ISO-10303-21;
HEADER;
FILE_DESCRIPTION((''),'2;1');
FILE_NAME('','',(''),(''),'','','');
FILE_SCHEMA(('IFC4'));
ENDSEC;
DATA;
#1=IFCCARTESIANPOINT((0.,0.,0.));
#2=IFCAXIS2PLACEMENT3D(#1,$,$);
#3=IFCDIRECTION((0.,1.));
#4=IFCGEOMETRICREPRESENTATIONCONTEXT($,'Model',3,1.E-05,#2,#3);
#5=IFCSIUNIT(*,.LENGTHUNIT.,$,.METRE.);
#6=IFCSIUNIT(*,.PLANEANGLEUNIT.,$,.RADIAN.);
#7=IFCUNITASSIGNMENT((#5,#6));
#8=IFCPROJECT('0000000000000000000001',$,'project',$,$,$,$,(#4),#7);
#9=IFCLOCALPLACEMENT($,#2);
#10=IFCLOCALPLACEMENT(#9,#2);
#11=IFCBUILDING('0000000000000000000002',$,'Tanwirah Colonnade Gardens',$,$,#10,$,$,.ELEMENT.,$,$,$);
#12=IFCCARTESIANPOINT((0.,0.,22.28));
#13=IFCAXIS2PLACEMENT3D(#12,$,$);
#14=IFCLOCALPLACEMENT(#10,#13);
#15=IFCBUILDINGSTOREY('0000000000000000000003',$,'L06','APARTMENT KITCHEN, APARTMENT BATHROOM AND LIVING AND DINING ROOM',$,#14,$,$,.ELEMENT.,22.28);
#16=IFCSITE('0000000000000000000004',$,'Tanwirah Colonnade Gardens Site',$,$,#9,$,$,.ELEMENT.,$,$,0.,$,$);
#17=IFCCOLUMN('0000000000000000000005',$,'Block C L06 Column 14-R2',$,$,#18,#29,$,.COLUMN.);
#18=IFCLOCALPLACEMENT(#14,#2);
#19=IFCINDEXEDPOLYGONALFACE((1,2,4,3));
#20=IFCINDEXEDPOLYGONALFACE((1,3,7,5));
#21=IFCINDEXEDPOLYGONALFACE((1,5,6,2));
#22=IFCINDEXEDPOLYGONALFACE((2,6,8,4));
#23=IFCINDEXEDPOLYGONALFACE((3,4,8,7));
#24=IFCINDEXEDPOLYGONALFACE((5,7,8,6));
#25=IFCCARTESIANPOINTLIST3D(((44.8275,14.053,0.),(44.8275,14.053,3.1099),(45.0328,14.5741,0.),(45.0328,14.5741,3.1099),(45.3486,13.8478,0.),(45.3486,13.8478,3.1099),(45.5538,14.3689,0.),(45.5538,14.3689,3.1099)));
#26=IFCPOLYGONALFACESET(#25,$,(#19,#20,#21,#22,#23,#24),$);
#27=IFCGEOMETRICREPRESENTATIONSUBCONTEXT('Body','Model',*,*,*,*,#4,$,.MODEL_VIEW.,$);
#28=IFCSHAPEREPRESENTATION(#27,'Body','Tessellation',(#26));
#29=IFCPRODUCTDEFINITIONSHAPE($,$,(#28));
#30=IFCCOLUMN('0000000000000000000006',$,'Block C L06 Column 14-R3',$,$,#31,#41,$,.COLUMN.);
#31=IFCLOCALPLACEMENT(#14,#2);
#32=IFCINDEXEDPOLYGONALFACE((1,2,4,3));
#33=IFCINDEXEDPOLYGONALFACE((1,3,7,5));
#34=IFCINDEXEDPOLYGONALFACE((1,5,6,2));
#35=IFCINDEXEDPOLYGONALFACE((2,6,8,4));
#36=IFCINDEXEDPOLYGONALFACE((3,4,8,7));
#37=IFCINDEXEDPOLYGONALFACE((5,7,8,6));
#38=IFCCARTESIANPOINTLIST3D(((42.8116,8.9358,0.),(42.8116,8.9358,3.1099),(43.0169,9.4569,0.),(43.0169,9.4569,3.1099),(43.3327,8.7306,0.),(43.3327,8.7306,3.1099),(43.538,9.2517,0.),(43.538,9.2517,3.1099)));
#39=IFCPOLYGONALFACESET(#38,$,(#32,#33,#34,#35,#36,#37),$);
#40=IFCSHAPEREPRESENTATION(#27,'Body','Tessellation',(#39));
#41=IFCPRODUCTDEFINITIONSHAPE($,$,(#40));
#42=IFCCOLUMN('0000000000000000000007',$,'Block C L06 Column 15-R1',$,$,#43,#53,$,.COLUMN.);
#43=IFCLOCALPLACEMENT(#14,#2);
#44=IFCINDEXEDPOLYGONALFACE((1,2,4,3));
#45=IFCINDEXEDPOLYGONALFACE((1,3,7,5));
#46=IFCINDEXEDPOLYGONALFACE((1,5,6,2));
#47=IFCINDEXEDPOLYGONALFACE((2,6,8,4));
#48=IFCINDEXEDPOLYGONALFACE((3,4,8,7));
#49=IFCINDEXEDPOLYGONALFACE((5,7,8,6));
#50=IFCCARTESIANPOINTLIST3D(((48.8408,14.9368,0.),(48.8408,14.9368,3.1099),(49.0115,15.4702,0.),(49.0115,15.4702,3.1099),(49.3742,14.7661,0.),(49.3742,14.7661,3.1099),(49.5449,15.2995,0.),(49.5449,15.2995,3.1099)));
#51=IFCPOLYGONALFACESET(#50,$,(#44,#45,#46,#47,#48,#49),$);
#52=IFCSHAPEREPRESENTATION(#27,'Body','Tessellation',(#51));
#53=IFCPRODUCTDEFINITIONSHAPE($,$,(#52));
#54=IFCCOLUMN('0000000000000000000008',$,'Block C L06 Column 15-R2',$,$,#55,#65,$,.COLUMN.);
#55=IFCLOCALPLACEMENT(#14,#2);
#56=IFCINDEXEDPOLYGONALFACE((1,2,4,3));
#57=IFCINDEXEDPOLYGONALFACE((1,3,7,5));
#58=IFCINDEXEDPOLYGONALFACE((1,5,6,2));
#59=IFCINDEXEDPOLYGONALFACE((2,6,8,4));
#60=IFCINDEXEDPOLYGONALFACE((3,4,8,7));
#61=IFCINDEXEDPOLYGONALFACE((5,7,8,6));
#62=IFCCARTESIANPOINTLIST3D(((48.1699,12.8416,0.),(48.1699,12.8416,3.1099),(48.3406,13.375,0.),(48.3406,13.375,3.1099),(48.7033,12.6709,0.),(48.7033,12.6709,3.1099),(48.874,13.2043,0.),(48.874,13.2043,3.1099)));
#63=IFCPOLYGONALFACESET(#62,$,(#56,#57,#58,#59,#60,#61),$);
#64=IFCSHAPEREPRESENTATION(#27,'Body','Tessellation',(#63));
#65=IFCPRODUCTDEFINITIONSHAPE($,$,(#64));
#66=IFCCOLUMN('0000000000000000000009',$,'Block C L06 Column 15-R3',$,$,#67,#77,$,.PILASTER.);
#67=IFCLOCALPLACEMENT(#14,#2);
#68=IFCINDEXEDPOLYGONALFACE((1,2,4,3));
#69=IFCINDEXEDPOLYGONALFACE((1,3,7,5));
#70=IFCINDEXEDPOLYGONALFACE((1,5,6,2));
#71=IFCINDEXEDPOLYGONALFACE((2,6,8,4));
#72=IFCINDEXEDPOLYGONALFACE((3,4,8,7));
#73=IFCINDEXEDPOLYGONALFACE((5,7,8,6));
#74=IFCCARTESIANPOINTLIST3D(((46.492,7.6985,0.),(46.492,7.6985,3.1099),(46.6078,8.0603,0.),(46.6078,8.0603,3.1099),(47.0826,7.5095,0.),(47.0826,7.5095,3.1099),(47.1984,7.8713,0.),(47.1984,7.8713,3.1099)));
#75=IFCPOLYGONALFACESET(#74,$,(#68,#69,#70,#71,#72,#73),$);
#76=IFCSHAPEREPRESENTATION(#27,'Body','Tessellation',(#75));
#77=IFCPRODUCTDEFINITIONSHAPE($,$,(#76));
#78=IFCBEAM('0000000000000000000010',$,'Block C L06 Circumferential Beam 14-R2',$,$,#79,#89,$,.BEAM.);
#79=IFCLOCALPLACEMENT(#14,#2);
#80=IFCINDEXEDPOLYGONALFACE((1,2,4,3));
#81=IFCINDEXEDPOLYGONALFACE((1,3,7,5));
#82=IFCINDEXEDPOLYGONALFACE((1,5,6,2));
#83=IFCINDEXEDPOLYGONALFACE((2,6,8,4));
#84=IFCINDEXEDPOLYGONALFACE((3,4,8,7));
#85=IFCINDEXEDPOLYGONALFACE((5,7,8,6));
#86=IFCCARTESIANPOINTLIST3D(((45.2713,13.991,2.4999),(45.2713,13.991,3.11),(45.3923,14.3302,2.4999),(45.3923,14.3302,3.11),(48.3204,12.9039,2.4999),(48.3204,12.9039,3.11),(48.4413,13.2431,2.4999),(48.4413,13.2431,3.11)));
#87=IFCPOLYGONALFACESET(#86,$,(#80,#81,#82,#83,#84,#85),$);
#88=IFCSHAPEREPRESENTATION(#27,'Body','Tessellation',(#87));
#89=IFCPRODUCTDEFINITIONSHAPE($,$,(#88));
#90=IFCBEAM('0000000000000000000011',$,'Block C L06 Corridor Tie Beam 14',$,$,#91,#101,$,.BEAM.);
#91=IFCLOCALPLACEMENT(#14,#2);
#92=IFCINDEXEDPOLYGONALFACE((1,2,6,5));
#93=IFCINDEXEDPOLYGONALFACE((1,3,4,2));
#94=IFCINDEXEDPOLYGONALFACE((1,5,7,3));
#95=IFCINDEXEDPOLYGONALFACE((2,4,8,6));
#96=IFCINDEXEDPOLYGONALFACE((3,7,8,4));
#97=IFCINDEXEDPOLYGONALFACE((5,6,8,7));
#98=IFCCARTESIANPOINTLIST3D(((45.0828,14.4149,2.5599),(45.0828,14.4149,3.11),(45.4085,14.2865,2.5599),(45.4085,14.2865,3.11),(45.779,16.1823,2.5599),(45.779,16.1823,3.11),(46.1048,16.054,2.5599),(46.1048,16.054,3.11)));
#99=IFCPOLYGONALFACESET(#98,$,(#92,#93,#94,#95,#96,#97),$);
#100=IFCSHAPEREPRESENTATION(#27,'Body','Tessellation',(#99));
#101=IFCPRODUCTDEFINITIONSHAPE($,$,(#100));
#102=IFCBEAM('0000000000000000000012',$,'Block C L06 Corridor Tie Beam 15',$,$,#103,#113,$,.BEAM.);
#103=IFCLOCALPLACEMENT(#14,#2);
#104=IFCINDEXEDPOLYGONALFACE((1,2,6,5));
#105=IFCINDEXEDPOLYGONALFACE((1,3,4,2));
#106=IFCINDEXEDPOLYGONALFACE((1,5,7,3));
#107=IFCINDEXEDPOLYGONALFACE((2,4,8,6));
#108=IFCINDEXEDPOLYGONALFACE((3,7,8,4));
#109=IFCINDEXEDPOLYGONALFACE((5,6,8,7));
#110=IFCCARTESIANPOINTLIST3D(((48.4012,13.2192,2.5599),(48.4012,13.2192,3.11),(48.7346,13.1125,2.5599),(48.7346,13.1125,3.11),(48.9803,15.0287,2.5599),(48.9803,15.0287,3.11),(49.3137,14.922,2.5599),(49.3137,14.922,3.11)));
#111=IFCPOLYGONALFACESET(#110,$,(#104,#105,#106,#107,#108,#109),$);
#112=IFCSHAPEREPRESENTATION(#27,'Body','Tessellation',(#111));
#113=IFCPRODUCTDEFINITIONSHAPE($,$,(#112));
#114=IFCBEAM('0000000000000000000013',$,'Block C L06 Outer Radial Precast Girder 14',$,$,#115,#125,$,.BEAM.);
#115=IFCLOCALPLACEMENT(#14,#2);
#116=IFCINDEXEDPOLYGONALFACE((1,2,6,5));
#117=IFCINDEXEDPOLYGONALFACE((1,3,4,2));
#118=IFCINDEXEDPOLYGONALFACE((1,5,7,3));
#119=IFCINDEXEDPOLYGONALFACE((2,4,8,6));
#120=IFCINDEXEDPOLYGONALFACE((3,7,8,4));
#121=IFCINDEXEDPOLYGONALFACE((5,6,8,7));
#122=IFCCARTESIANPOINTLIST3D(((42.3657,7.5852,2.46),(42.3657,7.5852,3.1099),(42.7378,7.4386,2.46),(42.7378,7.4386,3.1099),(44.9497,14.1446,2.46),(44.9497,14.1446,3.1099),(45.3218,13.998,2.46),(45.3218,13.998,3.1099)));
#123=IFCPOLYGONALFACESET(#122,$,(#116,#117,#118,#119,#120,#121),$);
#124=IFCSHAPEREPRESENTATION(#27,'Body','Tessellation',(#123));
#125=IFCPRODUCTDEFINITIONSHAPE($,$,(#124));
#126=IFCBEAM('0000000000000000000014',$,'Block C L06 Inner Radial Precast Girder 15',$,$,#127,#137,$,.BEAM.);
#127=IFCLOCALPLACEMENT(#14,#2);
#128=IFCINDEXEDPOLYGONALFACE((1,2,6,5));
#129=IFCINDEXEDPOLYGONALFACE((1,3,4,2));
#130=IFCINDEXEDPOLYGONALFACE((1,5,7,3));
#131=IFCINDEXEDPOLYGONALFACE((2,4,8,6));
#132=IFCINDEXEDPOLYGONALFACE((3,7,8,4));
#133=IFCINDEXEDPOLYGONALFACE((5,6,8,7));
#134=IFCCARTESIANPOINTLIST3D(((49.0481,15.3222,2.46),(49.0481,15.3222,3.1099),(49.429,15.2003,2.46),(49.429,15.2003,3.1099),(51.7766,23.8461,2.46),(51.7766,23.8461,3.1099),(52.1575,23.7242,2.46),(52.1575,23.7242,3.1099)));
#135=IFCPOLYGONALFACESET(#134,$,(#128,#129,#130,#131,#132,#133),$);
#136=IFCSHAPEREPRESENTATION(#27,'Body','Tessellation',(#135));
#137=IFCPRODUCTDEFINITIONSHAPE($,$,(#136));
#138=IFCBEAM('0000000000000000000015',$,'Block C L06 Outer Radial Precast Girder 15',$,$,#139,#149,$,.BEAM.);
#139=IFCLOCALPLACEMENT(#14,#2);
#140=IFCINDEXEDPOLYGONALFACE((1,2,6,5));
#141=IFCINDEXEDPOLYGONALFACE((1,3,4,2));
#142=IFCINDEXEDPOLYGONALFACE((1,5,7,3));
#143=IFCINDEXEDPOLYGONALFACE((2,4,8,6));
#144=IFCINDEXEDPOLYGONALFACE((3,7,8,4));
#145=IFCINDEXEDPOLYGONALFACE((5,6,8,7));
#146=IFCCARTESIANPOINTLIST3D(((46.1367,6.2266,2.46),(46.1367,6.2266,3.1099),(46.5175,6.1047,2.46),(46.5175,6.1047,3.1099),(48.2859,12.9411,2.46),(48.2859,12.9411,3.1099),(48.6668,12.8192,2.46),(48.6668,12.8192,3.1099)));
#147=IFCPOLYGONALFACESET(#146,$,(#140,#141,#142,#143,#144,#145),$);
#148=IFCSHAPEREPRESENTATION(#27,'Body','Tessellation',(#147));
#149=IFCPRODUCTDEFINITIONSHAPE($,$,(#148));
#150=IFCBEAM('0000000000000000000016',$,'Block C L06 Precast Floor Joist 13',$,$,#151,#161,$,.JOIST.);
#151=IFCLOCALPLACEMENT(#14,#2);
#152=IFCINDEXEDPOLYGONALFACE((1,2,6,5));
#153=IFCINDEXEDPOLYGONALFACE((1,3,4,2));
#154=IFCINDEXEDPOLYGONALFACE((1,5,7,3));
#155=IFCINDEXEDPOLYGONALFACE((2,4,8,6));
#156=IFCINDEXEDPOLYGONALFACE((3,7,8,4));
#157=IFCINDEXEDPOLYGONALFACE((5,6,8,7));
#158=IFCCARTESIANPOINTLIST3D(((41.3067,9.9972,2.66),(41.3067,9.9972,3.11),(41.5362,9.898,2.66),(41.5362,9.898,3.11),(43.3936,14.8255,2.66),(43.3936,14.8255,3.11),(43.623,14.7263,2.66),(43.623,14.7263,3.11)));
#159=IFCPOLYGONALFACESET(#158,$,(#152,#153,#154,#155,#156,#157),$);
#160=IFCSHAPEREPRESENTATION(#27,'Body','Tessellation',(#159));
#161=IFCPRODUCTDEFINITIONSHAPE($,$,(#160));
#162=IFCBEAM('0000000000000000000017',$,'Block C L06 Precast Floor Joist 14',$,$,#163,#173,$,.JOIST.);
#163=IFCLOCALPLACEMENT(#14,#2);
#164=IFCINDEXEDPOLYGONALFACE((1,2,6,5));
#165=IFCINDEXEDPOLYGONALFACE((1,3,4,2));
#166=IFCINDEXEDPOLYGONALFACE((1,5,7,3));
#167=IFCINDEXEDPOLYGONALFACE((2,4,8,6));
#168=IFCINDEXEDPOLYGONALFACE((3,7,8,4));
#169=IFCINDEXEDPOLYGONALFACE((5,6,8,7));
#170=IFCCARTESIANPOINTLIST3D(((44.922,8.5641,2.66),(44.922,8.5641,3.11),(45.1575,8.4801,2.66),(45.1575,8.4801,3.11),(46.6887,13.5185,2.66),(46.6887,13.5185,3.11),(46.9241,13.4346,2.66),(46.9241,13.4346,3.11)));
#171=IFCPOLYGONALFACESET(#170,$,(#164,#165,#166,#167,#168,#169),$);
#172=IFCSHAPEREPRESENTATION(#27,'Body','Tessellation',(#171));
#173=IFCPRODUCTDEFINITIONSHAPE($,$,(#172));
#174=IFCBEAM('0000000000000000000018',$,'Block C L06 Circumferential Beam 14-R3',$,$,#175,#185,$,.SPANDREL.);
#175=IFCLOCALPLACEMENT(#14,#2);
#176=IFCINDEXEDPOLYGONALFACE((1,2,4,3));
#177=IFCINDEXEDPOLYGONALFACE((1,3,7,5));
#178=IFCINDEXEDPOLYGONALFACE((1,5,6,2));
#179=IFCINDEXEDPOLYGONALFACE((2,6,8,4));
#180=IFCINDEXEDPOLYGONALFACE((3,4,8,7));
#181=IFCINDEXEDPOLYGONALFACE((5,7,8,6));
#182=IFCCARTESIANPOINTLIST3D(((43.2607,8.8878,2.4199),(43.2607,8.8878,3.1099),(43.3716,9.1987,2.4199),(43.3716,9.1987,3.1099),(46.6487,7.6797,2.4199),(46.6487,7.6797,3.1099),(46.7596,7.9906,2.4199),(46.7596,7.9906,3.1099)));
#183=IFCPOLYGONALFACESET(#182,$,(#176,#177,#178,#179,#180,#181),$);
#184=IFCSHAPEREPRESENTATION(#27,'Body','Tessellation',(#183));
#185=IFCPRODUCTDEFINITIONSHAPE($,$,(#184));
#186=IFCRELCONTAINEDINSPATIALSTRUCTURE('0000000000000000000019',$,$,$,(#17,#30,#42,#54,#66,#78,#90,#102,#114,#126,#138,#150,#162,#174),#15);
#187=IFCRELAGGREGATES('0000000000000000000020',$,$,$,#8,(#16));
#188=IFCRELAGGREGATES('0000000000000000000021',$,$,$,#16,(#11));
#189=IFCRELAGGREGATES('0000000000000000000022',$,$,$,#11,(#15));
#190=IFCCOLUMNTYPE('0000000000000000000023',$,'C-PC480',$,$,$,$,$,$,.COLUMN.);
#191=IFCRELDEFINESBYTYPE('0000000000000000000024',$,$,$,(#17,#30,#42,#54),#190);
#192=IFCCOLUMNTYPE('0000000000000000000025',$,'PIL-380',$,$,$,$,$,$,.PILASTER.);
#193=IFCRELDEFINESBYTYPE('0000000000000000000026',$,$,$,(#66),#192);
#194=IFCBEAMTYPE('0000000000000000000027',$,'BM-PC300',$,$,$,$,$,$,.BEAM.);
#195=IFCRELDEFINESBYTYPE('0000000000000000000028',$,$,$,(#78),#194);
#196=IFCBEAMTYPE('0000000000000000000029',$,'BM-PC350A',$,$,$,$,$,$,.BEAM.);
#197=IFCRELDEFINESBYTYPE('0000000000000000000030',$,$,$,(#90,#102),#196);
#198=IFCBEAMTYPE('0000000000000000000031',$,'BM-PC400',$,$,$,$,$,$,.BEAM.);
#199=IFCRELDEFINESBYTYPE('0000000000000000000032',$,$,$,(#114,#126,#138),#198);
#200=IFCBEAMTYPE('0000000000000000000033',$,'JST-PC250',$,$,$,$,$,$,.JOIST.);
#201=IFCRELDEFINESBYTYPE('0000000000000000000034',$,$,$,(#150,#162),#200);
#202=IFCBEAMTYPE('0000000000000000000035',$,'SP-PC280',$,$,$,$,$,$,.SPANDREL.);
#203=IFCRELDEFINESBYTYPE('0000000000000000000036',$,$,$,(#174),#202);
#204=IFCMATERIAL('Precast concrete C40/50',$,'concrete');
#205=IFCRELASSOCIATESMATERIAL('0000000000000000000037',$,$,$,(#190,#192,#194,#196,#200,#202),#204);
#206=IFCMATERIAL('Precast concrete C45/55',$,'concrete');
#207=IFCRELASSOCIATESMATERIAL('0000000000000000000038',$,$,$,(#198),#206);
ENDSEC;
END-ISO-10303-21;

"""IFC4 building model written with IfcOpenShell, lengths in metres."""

from ifc_helpers import new_model, si_unit, direction, frame, origin, origin_2d, place, context, subcontext, project, spatial, rectangle, extrude, material, material_profile, profile_set, type_object, element, save


model = new_model("IFC4")

# Units and contexts
model_context = context("Model", 3, precision=1e-05, world=origin(), true_north=direction((0.0, 1.0)))
body_context = subcontext(model_context, "Body", "Model", "MODEL_VIEW")
ifc_project = project(units=[si_unit("LENGTHUNIT", "METRE"), si_unit("PLANEANGLEUNIT", "RADIAN")], contexts=[model_context])

# Site, building, storey
site_placement = place(None, origin())
site = spatial("IfcSite", under=ifc_project, at=site_placement, Name="Tanwirah Colonnade Gardens Site", CompositionType="ELEMENT", RefElevation=0.0)
building_placement = place(site_placement, origin())
building = spatial("IfcBuilding", under=site, at=building_placement, Name="Tanwirah Colonnade Gardens", CompositionType="ELEMENT")
storey_placement = place(building_placement, frame((0.0, 0.0, 22.28)))
storey = spatial("IfcBuildingStorey", under=building, at=storey_placement, Name="L06", Description="APARTMENT KITCHEN, APARTMENT BATHROOM AND LIVING AND DINING ROOM", CompositionType="ELEMENT", Elevation=22.28)

# Columns
ifc_material_1 = material(Name="Precast concrete C40/50", Category="concrete")
ifc_material_profile_1 = material_profile(ifc_material_1, rectangle(XDim=0.5601, YDim=0.5601, at=origin_2d()), Name="PC-COL 560x560")
ifc_profile_set_1 = profile_set([ifc_material_profile_1], Name="Precast concrete C40/50")
column_type_1 = type_object("IfcColumnType", Name="C-PC480", PredefinedType="COLUMN", material=ifc_profile_set_1)
for number, where, z_axis, x_axis, name in (
    (1, (45.1907, 14.2109, 0.0), (0.0, 0.0, 1.0), (-0.366501, -0.930418, 0.0), "Block C L06 Column 14-R2"),
    (2, (43.1748, 9.0938, 0.0), (0.0, 0.0, 1.0), (-0.366501, -0.930418, 0.0), "Block C L06 Column 14-R3"),
    (3, (49.1929, 15.1182, 0.0), (0.0, 0.0, 1.0), (-0.304864, -0.952396, 0.0), "Block C L06 Column 15-R1"),
    (4, (48.522, 13.0229, 0.0), (0.0, 0.0, 1.0), (-0.304864, -0.952396, 0.0), "Block C L06 Column 15-R2"),
):
    element("IfcColumn", number, at=place(storey_placement, frame(where, z_axis=z_axis, x_axis=x_axis)), inside=storey, type_object=column_type_1, Name=name, PredefinedType="COLUMN", context=body_context, shape_type="SweptSolid", body=[
        extrude(rectangle(XDim=0.5601, YDim=0.5601, at=origin_2d()), origin(), (0.0, 0.0, 1.0), 3.1099),
    ])
ifc_material_profile_2 = material_profile(ifc_material_1, rectangle(XDim=0.3799, YDim=0.6201, at=origin_2d()), Name="PC-PIL 380x620")
ifc_profile_set_2 = profile_set([ifc_material_profile_2], Name="Precast concrete C40/50")
column_type_2 = type_object("IfcColumnType", Name="PIL-380", PredefinedType="PILASTER", material=ifc_profile_set_2)
column_placement = place(storey_placement, frame((46.8452, 7.7849, 0.0), z_axis=(0.0, 0.0, 1.0), x_axis=(-0.304864, -0.952396, 0.0)))
element("IfcColumn", 5, at=column_placement, inside=storey, type_object=column_type_2, Name="Block C L06 Column 15-R3", PredefinedType="PILASTER", context=body_context, shape_type="SweptSolid", body=[
    extrude(rectangle(XDim=0.3799, YDim=0.6201, at=origin_2d()), origin(), (0.0, 0.0, 1.0), 3.1099),
])

# Beams
ifc_material_profile_3 = material_profile(ifc_material_1, rectangle(XDim=0.3601, YDim=0.6101, at=origin_2d()), Name="PC-BM 360x610")
ifc_profile_set_3 = profile_set([ifc_material_profile_3], Name="Precast concrete C40/50")
beam_type_1 = type_object("IfcBeamType", Name="BM-PC300", PredefinedType="BEAM", material=ifc_profile_set_3)
beam_1_placement = place(storey_placement, frame((45.3318, 14.1606, 2.8049), z_axis=(0.941918, -0.335844, 0.0), x_axis=(0.335844, 0.941918, 0.0)))
element("IfcBeam", 6, at=beam_1_placement, inside=storey, type_object=beam_type_1, Name="Block C L06 Circumferential Beam 14-R2", PredefinedType="BEAM", context=body_context, shape_type="SweptSolid", body=[
    extrude(rectangle(XDim=0.3601, YDim=0.6101, at=origin_2d()), origin(), (0.0, 0.0, 1.0), 3.2371),
])
ifc_material_profile_4 = material_profile(ifc_material_1, rectangle(XDim=0.3501, YDim=0.55, at=origin_2d()), Name="PC-BM 350x550")
ifc_profile_set_4 = profile_set([ifc_material_profile_4], Name="Precast concrete C40/50")
beam_type_2 = type_object("IfcBeamType", Name="BM-PC350A", PredefinedType="BEAM", material=ifc_profile_set_4)
beam_2_placement = place(storey_placement, frame((45.9419, 16.1182, 2.835), z_axis=(-0.366511, -0.930414, 0.0), x_axis=(0.930414, -0.366511, 0.0)))
element("IfcBeam", 7, at=beam_2_placement, inside=storey, type_object=beam_type_2, Name="Block C L06 Corridor Tie Beam 14", PredefinedType="BEAM", context=body_context, shape_type="SweptSolid", body=[
    extrude(rectangle(XDim=0.3501, YDim=0.55, at=origin_2d()), origin(), (0.0, 0.0, 1.0), 1.8997),
])
beam_3_placement = place(storey_placement, frame((49.147, 14.9753, 2.835), z_axis=(-0.304794, -0.952418, 0.0), x_axis=(0.952418, -0.304794, 0.0)))
element("IfcBeam", 8, at=beam_3_placement, inside=storey, type_object=beam_type_2, Name="Block C L06 Corridor Tie Beam 15", PredefinedType="BEAM", context=body_context, shape_type="SweptSolid", body=[
    extrude(rectangle(XDim=0.3501, YDim=0.55, at=origin_2d()), origin(), (0.0, 0.0, 1.0), 1.8999),
])
ifc_material_2 = material(Name="Precast concrete C45/55", Category="concrete")
ifc_material_profile_5 = material_profile(ifc_material_2, rectangle(XDim=0.3999, YDim=0.6499, at=origin_2d()), Name="PC-BM 400x650")
ifc_profile_set_5 = profile_set([ifc_material_profile_5], Name="Precast concrete C45/55")
beam_type_3 = type_object("IfcBeamType", Name="BM-PC400", PredefinedType="BEAM", material=ifc_profile_set_5)
beam_4_placement = place(storey_placement, frame((45.1357, 14.0713, 2.7849), z_axis=(-0.366525, -0.930408, 0.0), x_axis=(0.930408, -0.366525, 0.0)))
element("IfcBeam", 9, at=beam_4_placement, inside=storey, type_object=beam_type_3, Name="Block C L06 Outer Radial Precast Girder 14", PredefinedType="BEAM", context=body_context, shape_type="SweptSolid", body=[
    extrude(rectangle(XDim=0.3999, YDim=0.6499, at=origin_2d()), origin(), (0.0, 0.0, 1.0), 7.05),
])
beam_5_placement = place(storey_placement, frame((49.2385, 15.2612, 2.7849), z_axis=(0.304863, 0.952396, 0.0), x_axis=(-0.952396, 0.304863, 0.0)))
element("IfcBeam", 10, at=beam_5_placement, inside=storey, type_object=beam_type_3, Name="Block C L06 Inner Radial Precast Girder 15", PredefinedType="BEAM", context=body_context, shape_type="SweptSolid", body=[
    extrude(rectangle(XDim=0.3999, YDim=0.6499, at=origin_2d()), origin(), (0.0, 0.0, 1.0), 8.95),
])
beam_6_placement = place(storey_placement, frame((48.4763, 12.8801, 2.7849), z_axis=(-0.30485, -0.9524, 0.0), x_axis=(0.9524, -0.30485, 0.0)))
element("IfcBeam", 11, at=beam_6_placement, inside=storey, type_object=beam_type_3, Name="Block C L06 Outer Radial Precast Girder 15", PredefinedType="BEAM", context=body_context, shape_type="SweptSolid", body=[
    extrude(rectangle(XDim=0.3999, YDim=0.6499, at=origin_2d()), origin(), (0.0, 0.0, 1.0), 7.05),
])
ifc_material_profile_6 = material_profile(ifc_material_1, rectangle(XDim=0.25, YDim=0.45, at=origin_2d()), Name="PC-JST 250x450")
ifc_profile_set_6 = profile_set([ifc_material_profile_6], Name="Precast concrete C40/50")
beam_type_4 = type_object("IfcBeamType", Name="JST-PC250", PredefinedType="JOIST", material=ifc_profile_set_6)
for number, where, z_axis, x_axis, name in (
    (12, (43.5083, 14.7759, 2.885), (-0.396746, -0.917928, 0.0), (0.917928, -0.396746, 0.0), "Block C L06 Precast Floor Joist 13"),
    (13, (46.8064, 13.4766, 2.885), (-0.335863, -0.941911, 0.0), (0.941911, -0.335863, 0.0), "Block C L06 Precast Floor Joist 14"),
):
    element("IfcBeam", number, at=place(storey_placement, frame(where, z_axis=z_axis, x_axis=x_axis)), inside=storey, type_object=beam_type_4, Name=name, PredefinedType="JOIST", context=body_context, shape_type="SweptSolid", body=[
        extrude(rectangle(XDim=0.25, YDim=0.45, at=origin_2d()), origin(), (0.0, 0.0, 1.0), 5.26),
    ])
ifc_material_profile_7 = material_profile(ifc_material_1, rectangle(XDim=0.3301, YDim=0.6899, at=origin_2d()), Name="PC-SP 330x690")
ifc_profile_set_7 = profile_set([ifc_material_profile_7], Name="Precast concrete C40/50")
beam_type_5 = type_object("IfcBeamType", Name="SP-PC280", PredefinedType="SPANDREL", material=ifc_profile_set_7)
beam_7_placement = place(storey_placement, frame((43.3162, 9.0432, 2.7649), z_axis=(0.941915, -0.33585, 0.0), x_axis=(0.33585, 0.941915, 0.0)))
element("IfcBeam", 14, at=beam_7_placement, inside=storey, type_object=beam_type_5, Name="Block C L06 Circumferential Beam 14-R3", PredefinedType="SPANDREL", context=body_context, shape_type="SweptSolid", body=[
    extrude(rectangle(XDim=0.3301, YDim=0.6899, at=origin_2d()), origin(), (0.0, 0.0, 1.0), 3.5969),
])

save(model, "model.ifc")
